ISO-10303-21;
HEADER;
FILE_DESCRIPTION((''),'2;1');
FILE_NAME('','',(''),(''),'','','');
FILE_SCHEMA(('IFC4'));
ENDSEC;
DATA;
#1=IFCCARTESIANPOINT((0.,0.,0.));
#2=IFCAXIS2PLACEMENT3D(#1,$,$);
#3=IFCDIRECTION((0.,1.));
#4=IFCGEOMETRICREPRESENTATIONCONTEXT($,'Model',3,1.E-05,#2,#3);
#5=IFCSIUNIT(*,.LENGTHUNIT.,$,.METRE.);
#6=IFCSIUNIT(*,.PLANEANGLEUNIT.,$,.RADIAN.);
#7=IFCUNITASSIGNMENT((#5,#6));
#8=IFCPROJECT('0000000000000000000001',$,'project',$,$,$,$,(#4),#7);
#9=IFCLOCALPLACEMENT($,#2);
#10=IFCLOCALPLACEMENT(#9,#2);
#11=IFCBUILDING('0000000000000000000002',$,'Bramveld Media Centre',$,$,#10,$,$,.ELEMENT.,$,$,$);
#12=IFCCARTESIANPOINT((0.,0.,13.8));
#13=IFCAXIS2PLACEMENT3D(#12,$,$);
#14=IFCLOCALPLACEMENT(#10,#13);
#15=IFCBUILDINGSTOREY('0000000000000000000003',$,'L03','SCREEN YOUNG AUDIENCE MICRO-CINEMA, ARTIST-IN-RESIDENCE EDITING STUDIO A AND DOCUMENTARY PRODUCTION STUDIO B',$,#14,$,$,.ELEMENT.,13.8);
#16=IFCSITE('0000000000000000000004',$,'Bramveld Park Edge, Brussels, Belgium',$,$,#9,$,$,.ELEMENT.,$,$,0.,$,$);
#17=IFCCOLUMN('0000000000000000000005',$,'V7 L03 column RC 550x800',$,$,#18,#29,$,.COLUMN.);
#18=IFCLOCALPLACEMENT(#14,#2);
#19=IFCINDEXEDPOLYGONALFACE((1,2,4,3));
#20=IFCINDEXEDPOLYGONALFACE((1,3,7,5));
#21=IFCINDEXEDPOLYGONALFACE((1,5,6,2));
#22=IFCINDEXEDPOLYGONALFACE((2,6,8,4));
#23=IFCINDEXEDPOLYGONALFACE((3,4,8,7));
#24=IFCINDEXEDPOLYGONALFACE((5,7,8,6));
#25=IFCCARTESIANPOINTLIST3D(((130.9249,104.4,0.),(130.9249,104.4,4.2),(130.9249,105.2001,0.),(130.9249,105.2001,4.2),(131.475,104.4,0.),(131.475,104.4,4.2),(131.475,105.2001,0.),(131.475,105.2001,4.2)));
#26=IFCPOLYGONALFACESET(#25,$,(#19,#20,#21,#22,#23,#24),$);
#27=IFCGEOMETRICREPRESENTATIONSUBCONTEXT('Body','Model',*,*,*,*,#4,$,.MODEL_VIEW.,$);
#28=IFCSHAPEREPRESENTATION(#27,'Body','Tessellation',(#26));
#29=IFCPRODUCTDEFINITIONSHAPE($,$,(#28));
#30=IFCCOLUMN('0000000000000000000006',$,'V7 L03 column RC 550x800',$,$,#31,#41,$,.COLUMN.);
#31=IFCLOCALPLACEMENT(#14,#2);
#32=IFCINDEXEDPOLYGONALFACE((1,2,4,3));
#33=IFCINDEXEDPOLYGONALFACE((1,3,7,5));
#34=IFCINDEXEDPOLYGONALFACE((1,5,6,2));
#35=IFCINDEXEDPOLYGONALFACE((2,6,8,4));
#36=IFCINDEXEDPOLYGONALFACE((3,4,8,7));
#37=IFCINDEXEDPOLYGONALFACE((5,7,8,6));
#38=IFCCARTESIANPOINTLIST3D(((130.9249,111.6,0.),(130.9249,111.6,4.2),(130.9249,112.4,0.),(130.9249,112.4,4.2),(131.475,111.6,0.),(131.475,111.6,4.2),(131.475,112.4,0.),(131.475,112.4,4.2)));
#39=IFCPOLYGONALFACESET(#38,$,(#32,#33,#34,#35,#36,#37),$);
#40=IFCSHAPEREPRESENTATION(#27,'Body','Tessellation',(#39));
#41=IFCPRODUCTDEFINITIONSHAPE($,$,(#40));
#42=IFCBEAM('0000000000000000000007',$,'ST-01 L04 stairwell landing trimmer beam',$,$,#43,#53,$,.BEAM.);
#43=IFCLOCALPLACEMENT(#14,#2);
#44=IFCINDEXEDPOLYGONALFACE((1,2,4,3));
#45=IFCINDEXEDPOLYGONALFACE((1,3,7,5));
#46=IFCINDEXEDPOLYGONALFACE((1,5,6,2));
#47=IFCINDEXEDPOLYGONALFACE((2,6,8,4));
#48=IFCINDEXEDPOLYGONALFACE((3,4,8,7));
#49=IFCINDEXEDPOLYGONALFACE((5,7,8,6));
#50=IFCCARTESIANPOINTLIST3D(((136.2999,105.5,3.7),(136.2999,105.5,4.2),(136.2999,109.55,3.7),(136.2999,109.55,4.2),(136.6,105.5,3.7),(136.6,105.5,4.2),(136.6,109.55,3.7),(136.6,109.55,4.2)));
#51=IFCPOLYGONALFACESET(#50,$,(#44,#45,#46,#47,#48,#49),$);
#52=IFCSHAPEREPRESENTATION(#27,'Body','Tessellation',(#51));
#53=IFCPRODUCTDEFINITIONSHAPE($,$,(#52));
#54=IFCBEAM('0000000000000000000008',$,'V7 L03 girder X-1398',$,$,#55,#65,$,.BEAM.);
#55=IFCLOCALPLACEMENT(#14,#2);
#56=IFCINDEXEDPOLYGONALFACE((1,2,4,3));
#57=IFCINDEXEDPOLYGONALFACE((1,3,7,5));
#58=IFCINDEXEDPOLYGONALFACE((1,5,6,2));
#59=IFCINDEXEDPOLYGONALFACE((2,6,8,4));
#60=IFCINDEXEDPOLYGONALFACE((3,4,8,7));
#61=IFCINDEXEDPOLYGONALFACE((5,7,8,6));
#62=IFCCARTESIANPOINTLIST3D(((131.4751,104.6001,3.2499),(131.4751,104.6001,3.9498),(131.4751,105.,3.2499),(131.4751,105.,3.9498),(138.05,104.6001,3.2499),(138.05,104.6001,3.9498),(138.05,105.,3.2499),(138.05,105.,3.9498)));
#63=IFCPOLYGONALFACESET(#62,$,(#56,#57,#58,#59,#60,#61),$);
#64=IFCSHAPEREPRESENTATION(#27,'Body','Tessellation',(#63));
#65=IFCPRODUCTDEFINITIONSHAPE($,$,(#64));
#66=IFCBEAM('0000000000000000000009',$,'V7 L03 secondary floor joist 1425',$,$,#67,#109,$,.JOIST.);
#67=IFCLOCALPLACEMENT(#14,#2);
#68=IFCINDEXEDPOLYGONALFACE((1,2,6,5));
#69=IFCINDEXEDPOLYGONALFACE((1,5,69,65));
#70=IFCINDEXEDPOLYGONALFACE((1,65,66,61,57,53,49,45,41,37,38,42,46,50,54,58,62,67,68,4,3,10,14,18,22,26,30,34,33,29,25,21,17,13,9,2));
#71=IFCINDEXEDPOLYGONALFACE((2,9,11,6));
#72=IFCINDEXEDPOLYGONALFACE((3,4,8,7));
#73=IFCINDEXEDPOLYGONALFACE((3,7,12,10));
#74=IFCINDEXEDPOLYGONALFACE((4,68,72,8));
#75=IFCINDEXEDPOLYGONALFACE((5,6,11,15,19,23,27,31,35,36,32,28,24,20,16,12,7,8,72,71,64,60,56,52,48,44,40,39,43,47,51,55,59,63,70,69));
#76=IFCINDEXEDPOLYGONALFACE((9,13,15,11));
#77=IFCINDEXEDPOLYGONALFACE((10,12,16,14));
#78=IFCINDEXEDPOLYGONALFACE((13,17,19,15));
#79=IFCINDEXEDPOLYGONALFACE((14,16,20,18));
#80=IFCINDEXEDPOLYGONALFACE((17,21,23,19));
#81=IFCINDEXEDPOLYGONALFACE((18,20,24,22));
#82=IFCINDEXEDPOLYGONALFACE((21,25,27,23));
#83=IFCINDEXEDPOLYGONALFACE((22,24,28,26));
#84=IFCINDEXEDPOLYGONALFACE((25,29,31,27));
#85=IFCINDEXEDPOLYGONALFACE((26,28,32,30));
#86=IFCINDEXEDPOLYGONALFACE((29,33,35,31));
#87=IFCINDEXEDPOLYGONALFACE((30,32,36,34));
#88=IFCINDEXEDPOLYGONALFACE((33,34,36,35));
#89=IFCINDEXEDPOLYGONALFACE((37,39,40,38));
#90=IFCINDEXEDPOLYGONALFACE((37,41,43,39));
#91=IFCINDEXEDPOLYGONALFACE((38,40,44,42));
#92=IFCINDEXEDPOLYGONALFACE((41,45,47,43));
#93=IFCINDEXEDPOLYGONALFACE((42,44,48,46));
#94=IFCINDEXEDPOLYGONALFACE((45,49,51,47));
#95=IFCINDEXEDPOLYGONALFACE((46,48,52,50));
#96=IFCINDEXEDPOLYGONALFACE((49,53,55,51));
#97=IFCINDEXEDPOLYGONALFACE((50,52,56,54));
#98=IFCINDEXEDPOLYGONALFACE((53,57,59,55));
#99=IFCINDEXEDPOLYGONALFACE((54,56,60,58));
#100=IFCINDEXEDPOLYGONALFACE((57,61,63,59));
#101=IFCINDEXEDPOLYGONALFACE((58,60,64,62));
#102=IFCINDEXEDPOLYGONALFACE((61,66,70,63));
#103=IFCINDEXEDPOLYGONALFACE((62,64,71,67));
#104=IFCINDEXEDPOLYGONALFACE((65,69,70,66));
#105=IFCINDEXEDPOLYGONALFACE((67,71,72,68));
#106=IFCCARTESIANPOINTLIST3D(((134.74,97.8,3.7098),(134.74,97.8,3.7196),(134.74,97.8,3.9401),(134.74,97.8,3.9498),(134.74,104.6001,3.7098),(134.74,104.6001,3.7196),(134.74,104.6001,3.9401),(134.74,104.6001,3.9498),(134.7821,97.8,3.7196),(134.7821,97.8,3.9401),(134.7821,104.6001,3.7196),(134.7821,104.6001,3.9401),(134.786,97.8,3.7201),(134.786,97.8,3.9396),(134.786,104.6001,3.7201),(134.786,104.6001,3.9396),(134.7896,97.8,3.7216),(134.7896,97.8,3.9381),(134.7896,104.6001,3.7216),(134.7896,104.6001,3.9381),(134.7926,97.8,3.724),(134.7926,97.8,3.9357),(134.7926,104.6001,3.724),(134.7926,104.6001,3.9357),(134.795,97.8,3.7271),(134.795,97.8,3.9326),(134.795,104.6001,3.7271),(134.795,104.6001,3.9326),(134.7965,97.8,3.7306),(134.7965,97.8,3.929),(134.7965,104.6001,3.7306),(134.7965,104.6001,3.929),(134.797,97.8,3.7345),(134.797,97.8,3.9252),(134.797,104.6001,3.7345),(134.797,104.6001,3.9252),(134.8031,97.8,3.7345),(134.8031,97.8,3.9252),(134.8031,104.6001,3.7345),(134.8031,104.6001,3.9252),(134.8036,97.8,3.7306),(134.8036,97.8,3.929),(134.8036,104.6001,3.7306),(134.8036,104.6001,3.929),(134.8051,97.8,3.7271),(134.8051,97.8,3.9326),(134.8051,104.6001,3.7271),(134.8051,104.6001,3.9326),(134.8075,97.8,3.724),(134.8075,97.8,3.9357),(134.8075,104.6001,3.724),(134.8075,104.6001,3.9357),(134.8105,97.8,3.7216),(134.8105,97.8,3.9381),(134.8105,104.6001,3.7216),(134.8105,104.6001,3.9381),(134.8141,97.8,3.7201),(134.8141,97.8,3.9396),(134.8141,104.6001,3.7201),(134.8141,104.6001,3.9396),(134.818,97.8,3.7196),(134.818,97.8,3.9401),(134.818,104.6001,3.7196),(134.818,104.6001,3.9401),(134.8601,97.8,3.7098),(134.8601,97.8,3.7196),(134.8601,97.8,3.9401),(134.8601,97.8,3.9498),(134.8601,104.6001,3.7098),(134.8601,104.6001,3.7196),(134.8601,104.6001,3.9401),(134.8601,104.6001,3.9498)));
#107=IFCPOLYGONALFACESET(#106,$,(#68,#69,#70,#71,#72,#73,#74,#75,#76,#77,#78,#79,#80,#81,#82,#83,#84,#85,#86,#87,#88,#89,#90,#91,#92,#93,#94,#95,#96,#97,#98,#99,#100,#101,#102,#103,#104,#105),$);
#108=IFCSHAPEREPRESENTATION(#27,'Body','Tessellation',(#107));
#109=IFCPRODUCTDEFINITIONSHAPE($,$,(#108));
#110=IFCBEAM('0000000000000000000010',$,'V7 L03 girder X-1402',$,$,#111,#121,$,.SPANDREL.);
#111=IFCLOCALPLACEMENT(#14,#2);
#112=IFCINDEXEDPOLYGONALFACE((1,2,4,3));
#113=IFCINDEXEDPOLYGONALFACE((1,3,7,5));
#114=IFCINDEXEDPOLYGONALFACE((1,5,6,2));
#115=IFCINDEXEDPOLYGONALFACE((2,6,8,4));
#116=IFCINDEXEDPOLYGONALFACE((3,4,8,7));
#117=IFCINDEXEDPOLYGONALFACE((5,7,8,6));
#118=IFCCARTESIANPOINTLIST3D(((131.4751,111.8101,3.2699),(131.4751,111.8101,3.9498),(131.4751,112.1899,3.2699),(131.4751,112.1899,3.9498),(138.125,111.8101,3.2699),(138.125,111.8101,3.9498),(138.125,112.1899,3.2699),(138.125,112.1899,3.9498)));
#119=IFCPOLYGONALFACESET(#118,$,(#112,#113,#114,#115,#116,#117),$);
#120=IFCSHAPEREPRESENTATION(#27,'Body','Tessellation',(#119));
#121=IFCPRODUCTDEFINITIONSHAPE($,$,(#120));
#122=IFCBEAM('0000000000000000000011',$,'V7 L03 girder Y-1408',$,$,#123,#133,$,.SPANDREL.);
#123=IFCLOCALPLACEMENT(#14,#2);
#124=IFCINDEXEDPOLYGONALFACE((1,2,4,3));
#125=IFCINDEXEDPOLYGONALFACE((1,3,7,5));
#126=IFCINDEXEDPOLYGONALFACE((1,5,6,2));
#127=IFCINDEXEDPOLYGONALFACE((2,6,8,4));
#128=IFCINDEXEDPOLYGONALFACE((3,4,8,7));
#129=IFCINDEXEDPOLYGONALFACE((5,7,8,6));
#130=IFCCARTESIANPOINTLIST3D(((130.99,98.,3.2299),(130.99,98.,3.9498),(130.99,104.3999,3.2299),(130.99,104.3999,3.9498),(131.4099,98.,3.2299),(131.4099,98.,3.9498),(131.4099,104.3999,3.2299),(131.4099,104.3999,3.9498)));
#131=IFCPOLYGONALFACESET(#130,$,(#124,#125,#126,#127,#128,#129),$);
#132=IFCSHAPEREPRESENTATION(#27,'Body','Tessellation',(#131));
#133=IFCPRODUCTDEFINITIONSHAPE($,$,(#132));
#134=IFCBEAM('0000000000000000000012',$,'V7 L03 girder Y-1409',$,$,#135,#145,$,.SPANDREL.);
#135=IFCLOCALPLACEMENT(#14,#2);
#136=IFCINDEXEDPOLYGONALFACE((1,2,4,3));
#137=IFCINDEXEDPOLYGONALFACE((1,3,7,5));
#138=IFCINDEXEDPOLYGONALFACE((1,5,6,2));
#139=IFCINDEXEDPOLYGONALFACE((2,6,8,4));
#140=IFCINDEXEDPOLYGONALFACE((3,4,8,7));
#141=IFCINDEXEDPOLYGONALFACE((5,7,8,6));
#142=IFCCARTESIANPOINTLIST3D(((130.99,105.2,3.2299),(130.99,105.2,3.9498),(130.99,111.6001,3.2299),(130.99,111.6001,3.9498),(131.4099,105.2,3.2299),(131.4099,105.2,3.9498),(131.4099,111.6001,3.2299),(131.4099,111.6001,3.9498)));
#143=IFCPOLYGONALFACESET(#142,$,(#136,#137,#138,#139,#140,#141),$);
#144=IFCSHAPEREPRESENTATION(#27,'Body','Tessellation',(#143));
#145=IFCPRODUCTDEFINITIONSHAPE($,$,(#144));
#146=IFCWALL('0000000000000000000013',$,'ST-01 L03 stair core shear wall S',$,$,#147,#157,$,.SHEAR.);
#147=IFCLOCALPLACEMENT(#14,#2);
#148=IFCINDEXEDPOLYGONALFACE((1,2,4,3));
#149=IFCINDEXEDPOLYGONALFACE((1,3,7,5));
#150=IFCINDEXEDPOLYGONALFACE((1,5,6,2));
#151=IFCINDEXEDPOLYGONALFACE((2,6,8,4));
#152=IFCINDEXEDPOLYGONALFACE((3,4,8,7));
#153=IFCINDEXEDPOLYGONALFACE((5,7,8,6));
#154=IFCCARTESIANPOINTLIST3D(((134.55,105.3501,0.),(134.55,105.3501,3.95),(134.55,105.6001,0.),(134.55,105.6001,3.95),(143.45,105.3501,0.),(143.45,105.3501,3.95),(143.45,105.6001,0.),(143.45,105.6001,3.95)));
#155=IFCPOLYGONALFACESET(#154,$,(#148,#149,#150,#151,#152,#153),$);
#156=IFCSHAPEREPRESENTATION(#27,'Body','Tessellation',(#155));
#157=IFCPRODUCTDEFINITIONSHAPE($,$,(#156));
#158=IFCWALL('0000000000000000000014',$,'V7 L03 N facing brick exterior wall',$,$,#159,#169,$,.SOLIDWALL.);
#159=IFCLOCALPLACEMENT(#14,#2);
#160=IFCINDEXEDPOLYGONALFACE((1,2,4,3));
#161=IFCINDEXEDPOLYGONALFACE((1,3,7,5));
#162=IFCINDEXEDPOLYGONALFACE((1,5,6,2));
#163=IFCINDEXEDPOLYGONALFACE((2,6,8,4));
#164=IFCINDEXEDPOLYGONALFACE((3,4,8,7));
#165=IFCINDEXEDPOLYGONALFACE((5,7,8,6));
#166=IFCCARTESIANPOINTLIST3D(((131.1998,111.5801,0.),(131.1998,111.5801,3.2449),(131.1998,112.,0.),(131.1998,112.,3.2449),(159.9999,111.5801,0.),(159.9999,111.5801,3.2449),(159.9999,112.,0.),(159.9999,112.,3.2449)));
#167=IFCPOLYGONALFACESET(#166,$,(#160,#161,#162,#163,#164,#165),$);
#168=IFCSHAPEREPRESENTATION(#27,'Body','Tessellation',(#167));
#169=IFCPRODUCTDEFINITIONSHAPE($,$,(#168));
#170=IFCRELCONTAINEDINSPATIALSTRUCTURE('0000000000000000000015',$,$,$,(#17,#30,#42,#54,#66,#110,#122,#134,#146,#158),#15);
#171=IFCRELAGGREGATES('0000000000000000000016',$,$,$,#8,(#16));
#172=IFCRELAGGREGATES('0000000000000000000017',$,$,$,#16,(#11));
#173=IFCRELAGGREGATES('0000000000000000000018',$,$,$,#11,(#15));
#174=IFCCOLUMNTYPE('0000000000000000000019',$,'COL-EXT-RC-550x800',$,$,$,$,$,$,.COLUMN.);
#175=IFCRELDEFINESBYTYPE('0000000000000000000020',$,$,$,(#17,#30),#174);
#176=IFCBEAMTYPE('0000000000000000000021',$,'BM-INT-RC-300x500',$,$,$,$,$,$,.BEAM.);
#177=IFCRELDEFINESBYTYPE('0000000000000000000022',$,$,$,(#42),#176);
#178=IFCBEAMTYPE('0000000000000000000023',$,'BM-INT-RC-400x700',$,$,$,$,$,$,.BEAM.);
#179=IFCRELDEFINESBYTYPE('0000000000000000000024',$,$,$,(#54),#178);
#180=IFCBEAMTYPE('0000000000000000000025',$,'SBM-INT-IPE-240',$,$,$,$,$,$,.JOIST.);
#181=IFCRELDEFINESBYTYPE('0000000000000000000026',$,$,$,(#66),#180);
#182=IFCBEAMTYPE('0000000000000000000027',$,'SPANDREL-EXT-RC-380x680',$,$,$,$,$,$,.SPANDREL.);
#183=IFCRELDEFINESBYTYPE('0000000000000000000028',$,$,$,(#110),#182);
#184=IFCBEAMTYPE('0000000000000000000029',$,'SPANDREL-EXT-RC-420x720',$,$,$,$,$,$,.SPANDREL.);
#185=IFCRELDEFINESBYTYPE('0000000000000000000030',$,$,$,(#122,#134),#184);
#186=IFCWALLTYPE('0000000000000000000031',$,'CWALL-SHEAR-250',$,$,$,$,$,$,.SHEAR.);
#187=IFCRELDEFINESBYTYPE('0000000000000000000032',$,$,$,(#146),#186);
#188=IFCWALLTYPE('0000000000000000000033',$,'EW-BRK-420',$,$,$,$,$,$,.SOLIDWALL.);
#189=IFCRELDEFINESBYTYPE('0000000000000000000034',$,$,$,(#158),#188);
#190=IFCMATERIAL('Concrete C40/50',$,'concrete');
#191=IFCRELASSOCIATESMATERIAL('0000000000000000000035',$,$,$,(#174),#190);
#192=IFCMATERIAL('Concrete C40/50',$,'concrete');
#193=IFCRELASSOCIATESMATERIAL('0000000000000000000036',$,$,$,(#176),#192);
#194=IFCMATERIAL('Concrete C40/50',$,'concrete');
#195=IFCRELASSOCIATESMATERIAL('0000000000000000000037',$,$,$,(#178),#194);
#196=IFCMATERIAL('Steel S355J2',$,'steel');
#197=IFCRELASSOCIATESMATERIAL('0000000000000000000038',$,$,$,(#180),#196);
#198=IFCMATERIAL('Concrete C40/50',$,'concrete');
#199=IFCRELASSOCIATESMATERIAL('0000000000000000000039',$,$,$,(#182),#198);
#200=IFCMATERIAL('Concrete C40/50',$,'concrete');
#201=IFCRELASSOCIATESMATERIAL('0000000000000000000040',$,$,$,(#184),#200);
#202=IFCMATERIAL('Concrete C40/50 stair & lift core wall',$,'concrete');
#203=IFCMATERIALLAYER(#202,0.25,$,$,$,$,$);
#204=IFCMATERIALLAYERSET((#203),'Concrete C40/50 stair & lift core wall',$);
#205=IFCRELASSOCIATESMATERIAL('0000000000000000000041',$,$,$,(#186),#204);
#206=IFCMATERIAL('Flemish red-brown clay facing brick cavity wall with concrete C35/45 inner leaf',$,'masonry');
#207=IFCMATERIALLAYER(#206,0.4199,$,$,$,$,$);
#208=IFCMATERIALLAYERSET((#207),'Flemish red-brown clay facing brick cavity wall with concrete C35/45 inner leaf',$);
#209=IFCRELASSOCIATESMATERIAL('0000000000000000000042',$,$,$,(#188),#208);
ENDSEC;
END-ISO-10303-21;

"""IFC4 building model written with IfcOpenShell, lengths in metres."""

from ifc_helpers import new_model, si_unit, direction, frame, frame_2d, origin, origin_2d, place, context, subcontext, project, spatial, rectangle, i_section, extrude, material, layer, layer_set, material_profile, profile_set, type_object, element, save


model = new_model("IFC4")

# Units and contexts
model_context = context("Model", 3, precision=1e-05, world=origin(), true_north=direction((0.0, 1.0)))
body_context = subcontext(model_context, "Body", "Model", "MODEL_VIEW")
ifc_project = project(units=[si_unit("LENGTHUNIT", "METRE"), si_unit("PLANEANGLEUNIT", "RADIAN")], contexts=[model_context])

# Site, building, storey
site_placement = place(None, origin())
site = spatial("IfcSite", under=ifc_project, at=site_placement, Name="Bramveld Park Edge, Brussels, Belgium", CompositionType="ELEMENT", RefElevation=0.0)
building_placement = place(site_placement, origin())
building = spatial("IfcBuilding", under=site, at=building_placement, Name="Bramveld Media Centre", CompositionType="ELEMENT")
storey_placement = place(building_placement, frame((0.0, 0.0, 13.8)))
storey = spatial("IfcBuildingStorey", under=building, at=storey_placement, Name="L03", Description="SCREEN YOUNG AUDIENCE MICRO-CINEMA, ARTIST-IN-RESIDENCE EDITING STUDIO A AND DOCUMENTARY PRODUCTION STUDIO B", CompositionType="ELEMENT", Elevation=13.8)

# Columns
ifc_material_1 = material(Name="Concrete C40/50", Category="concrete")
ifc_material_profile_1 = material_profile(ifc_material_1, rectangle(XDim=0.55, YDim=0.8, at=origin_2d()), Name="RC 550x800")
ifc_profile_set_1 = profile_set([ifc_material_profile_1], Name="Concrete C40/50")
column_type = type_object("IfcColumnType", Name="COL-EXT-RC-550x800", PredefinedType="COLUMN", material=ifc_profile_set_1)
for number, where, z_axis, x_axis, name in (
    (1, (131.2, 104.8, 0.0), (0.0, 0.0, 1.0), (1.0, 0.0, 0.0), "V7 L03 column RC 550x800"),
    (2, (131.2, 112.0, 0.0), (0.0, 0.0, 1.0), (1.0, 0.0, 0.0), "V7 L03 column RC 550x800"),
):
    element("IfcColumn", number, at=place(storey_placement, frame(where, z_axis=z_axis, x_axis=x_axis)), inside=storey, type_object=column_type, Name=name, PredefinedType="COLUMN", context=body_context, shape_type="SweptSolid", body=[
        extrude(rectangle(XDim=0.55, YDim=0.8, at=origin_2d()), origin(), (0.0, 0.0, 1.0), 4.2),
    ])

# Beams
ifc_material_2 = material(Name="Concrete C40/50", Category="concrete")
ifc_material_profile_2 = material_profile(ifc_material_2, rectangle(XDim=0.3, YDim=0.5, at=origin_2d()), Name="RC 300x500")
ifc_profile_set_2 = profile_set([ifc_material_profile_2], Name="Concrete C40/50")
beam_type_1 = type_object("IfcBeamType", Name="BM-INT-RC-300x500", PredefinedType="BEAM", material=ifc_profile_set_2)
beam_1_placement = place(storey_placement, frame((136.45, 105.5, 3.95), z_axis=(0.0, 1.0, 0.0), x_axis=(-1.0, 0.0, 0.0)))
element("IfcBeam", 3, at=beam_1_placement, inside=storey, type_object=beam_type_1, Name="ST-01 L04 stairwell landing trimmer beam", PredefinedType="BEAM", context=body_context, shape_type="SweptSolid", body=[
    extrude(rectangle(XDim=0.3, YDim=0.5, at=origin_2d()), origin(), (0.0, 0.0, 1.0), 4.05),
])
ifc_material_3 = material(Name="Concrete C40/50", Category="concrete")
ifc_material_profile_3 = material_profile(ifc_material_3, rectangle(XDim=0.3999, YDim=0.7, at=origin_2d()), Name="RC 400x700")
ifc_profile_set_3 = profile_set([ifc_material_profile_3], Name="Concrete C40/50")
beam_type_2 = type_object("IfcBeamType", Name="BM-INT-RC-400x700", PredefinedType="BEAM", material=ifc_profile_set_3)
beam_2_placement = place(storey_placement, frame((131.4751, 104.8, 3.5999), z_axis=(1.0, 0.0, 0.0), x_axis=(0.0, 1.0, 0.0)))
element("IfcBeam", 4, at=beam_2_placement, inside=storey, type_object=beam_type_2, Name="V7 L03 girder X-1398", PredefinedType="BEAM", context=body_context, shape_type="SweptSolid", body=[
    extrude(rectangle(XDim=0.3999, YDim=0.7, at=origin_2d()), origin(), (0.0, 0.0, 1.0), 6.575),
])
ifc_material_4 = material(Name="Steel S355J2", Category="steel")
ifc_material_profile_4 = material_profile(ifc_material_4, i_section(OverallWidth=0.1201, OverallDepth=0.24, WebThickness=0.0061, FlangeThickness=0.0098, FilletRadius=0.0149, at=origin_2d()), Name="IPE 240")
ifc_profile_set_4 = profile_set([ifc_material_profile_4], Name="Steel S355J2")
beam_type_3 = type_object("IfcBeamType", Name="SBM-INT-IPE-240", PredefinedType="JOIST", material=ifc_profile_set_4)
beam_3_placement = place(storey_placement, frame((134.8, 97.8, 3.8298), z_axis=(0.0, 1.0, 0.0), x_axis=(-1.0, 0.0, 0.0)))
element("IfcBeam", 5, at=beam_3_placement, inside=storey, type_object=beam_type_3, Name="V7 L03 secondary floor joist 1425", PredefinedType="JOIST", context=body_context, shape_type="SweptSolid", body=[
    extrude(i_section(OverallWidth=0.1201, OverallDepth=0.24, WebThickness=0.0061, FlangeThickness=0.0098, FilletRadius=0.0149, at=origin_2d()), origin(), (0.0, 0.0, 1.0), 6.8),
])
ifc_material_5 = material(Name="Concrete C40/50", Category="concrete")
ifc_material_profile_5 = material_profile(ifc_material_5, rectangle(XDim=0.3799, YDim=0.6799, at=origin_2d()), Name="RC 380x680")
ifc_profile_set_5 = profile_set([ifc_material_profile_5], Name="Concrete C40/50")
beam_type_4 = type_object("IfcBeamType", Name="SPANDREL-EXT-RC-380x680", PredefinedType="SPANDREL", material=ifc_profile_set_5)
beam_4_placement = place(storey_placement, frame((131.4751, 112.0, 3.6099), z_axis=(1.0, 0.0, 0.0), x_axis=(0.0, 1.0, 0.0)))
element("IfcBeam", 6, at=beam_4_placement, inside=storey, type_object=beam_type_4, Name="V7 L03 girder X-1402", PredefinedType="SPANDREL", context=body_context, shape_type="SweptSolid", body=[
    extrude(rectangle(XDim=0.3799, YDim=0.6799, at=origin_2d()), origin(), (0.0, 0.0, 1.0), 6.6499),
])
ifc_material_6 = material(Name="Concrete C40/50", Category="concrete")
ifc_material_profile_6 = material_profile(ifc_material_6, rectangle(XDim=0.4199, YDim=0.72, at=origin_2d()), Name="RC 420x720")
ifc_profile_set_6 = profile_set([ifc_material_profile_6], Name="Concrete C40/50")
beam_type_5 = type_object("IfcBeamType", Name="SPANDREL-EXT-RC-420x720", PredefinedType="SPANDREL", material=ifc_profile_set_6)
beam_5_placement = place(storey_placement, frame((131.2, 98.0, 3.5898), z_axis=(0.0, 1.0, 0.0), x_axis=(-1.0, 0.0, 0.0)))
element("IfcBeam", 7, at=beam_5_placement, inside=storey, type_object=beam_type_5, Name="V7 L03 girder Y-1408", PredefinedType="SPANDREL", context=body_context, shape_type="SweptSolid", body=[
    extrude(rectangle(XDim=0.4199, YDim=0.72, at=origin_2d()), origin(), (0.0, 0.0, 1.0), 6.3999),
])
beam_6_placement = place(storey_placement, frame((131.2, 105.2, 3.5898), z_axis=(0.0, 1.0, 0.0), x_axis=(-1.0, 0.0, 0.0)))
element("IfcBeam", 8, at=beam_6_placement, inside=storey, type_object=beam_type_5, Name="V7 L03 girder Y-1409", PredefinedType="SPANDREL", context=body_context, shape_type="SweptSolid", body=[
    extrude(rectangle(XDim=0.4199, YDim=0.72, at=origin_2d()), origin(), (0.0, 0.0, 1.0), 6.4001),
])

# Wall
ifc_material_7 = material(Name="Concrete C40/50 stair & lift core wall", Category="concrete")
ifc_layer_1 = layer(ifc_material_7, 0.25)
ifc_layer_set_1 = layer_set([ifc_layer_1], Name="Concrete C40/50 stair & lift core wall")
wall_type_1 = type_object("IfcWallType", Name="CWALL-SHEAR-250", PredefinedType="SHEAR", material=ifc_layer_set_1)
wall_1_placement = place(storey_placement, frame((134.55, 105.4751, 0.0), z_axis=(0.0, 0.0, 1.0), x_axis=(1.0, 0.0, 0.0)))
element("IfcWall", 9, at=wall_1_placement, inside=storey, type_object=wall_type_1, Name="ST-01 L03 stair core shear wall S", PredefinedType="SHEAR", context=body_context, shape_type="SweptSolid", body=[
    extrude(rectangle(XDim=8.8999, YDim=0.25, at=frame_2d((4.45, 0.0))), origin(), (0.0, 0.0, 1.0), 3.95),
])

# Wall
ifc_material_8 = material(Name="Flemish red-brown clay facing brick cavity wall with concrete C35/45 inner leaf", Category="masonry")
ifc_layer_2 = layer(ifc_material_8, 0.4199)
ifc_layer_set_2 = layer_set([ifc_layer_2], Name="Flemish red-brown clay facing brick cavity wall with concrete C35/45 inner leaf")
wall_type_2 = type_object("IfcWallType", Name="EW-BRK-420", PredefinedType="SOLIDWALL", material=ifc_layer_set_2)
wall_2_placement = place(storey_placement, frame((131.2, 111.79, 0.0), z_axis=(0.0, 0.0, 1.0), x_axis=(1.0, 0.0, 0.0)))
element("IfcWall", 10, at=wall_2_placement, inside=storey, type_object=wall_type_2, Name="V7 L03 N facing brick exterior wall", PredefinedType="SOLIDWALL", context=body_context, shape_type="SweptSolid", body=[
    extrude(rectangle(XDim=28.8, YDim=0.4199, at=frame_2d((14.3999, 0.0))), origin(), (0.0, 0.0, 1.0), 3.2449),
])

save(model, "model.ifc")
